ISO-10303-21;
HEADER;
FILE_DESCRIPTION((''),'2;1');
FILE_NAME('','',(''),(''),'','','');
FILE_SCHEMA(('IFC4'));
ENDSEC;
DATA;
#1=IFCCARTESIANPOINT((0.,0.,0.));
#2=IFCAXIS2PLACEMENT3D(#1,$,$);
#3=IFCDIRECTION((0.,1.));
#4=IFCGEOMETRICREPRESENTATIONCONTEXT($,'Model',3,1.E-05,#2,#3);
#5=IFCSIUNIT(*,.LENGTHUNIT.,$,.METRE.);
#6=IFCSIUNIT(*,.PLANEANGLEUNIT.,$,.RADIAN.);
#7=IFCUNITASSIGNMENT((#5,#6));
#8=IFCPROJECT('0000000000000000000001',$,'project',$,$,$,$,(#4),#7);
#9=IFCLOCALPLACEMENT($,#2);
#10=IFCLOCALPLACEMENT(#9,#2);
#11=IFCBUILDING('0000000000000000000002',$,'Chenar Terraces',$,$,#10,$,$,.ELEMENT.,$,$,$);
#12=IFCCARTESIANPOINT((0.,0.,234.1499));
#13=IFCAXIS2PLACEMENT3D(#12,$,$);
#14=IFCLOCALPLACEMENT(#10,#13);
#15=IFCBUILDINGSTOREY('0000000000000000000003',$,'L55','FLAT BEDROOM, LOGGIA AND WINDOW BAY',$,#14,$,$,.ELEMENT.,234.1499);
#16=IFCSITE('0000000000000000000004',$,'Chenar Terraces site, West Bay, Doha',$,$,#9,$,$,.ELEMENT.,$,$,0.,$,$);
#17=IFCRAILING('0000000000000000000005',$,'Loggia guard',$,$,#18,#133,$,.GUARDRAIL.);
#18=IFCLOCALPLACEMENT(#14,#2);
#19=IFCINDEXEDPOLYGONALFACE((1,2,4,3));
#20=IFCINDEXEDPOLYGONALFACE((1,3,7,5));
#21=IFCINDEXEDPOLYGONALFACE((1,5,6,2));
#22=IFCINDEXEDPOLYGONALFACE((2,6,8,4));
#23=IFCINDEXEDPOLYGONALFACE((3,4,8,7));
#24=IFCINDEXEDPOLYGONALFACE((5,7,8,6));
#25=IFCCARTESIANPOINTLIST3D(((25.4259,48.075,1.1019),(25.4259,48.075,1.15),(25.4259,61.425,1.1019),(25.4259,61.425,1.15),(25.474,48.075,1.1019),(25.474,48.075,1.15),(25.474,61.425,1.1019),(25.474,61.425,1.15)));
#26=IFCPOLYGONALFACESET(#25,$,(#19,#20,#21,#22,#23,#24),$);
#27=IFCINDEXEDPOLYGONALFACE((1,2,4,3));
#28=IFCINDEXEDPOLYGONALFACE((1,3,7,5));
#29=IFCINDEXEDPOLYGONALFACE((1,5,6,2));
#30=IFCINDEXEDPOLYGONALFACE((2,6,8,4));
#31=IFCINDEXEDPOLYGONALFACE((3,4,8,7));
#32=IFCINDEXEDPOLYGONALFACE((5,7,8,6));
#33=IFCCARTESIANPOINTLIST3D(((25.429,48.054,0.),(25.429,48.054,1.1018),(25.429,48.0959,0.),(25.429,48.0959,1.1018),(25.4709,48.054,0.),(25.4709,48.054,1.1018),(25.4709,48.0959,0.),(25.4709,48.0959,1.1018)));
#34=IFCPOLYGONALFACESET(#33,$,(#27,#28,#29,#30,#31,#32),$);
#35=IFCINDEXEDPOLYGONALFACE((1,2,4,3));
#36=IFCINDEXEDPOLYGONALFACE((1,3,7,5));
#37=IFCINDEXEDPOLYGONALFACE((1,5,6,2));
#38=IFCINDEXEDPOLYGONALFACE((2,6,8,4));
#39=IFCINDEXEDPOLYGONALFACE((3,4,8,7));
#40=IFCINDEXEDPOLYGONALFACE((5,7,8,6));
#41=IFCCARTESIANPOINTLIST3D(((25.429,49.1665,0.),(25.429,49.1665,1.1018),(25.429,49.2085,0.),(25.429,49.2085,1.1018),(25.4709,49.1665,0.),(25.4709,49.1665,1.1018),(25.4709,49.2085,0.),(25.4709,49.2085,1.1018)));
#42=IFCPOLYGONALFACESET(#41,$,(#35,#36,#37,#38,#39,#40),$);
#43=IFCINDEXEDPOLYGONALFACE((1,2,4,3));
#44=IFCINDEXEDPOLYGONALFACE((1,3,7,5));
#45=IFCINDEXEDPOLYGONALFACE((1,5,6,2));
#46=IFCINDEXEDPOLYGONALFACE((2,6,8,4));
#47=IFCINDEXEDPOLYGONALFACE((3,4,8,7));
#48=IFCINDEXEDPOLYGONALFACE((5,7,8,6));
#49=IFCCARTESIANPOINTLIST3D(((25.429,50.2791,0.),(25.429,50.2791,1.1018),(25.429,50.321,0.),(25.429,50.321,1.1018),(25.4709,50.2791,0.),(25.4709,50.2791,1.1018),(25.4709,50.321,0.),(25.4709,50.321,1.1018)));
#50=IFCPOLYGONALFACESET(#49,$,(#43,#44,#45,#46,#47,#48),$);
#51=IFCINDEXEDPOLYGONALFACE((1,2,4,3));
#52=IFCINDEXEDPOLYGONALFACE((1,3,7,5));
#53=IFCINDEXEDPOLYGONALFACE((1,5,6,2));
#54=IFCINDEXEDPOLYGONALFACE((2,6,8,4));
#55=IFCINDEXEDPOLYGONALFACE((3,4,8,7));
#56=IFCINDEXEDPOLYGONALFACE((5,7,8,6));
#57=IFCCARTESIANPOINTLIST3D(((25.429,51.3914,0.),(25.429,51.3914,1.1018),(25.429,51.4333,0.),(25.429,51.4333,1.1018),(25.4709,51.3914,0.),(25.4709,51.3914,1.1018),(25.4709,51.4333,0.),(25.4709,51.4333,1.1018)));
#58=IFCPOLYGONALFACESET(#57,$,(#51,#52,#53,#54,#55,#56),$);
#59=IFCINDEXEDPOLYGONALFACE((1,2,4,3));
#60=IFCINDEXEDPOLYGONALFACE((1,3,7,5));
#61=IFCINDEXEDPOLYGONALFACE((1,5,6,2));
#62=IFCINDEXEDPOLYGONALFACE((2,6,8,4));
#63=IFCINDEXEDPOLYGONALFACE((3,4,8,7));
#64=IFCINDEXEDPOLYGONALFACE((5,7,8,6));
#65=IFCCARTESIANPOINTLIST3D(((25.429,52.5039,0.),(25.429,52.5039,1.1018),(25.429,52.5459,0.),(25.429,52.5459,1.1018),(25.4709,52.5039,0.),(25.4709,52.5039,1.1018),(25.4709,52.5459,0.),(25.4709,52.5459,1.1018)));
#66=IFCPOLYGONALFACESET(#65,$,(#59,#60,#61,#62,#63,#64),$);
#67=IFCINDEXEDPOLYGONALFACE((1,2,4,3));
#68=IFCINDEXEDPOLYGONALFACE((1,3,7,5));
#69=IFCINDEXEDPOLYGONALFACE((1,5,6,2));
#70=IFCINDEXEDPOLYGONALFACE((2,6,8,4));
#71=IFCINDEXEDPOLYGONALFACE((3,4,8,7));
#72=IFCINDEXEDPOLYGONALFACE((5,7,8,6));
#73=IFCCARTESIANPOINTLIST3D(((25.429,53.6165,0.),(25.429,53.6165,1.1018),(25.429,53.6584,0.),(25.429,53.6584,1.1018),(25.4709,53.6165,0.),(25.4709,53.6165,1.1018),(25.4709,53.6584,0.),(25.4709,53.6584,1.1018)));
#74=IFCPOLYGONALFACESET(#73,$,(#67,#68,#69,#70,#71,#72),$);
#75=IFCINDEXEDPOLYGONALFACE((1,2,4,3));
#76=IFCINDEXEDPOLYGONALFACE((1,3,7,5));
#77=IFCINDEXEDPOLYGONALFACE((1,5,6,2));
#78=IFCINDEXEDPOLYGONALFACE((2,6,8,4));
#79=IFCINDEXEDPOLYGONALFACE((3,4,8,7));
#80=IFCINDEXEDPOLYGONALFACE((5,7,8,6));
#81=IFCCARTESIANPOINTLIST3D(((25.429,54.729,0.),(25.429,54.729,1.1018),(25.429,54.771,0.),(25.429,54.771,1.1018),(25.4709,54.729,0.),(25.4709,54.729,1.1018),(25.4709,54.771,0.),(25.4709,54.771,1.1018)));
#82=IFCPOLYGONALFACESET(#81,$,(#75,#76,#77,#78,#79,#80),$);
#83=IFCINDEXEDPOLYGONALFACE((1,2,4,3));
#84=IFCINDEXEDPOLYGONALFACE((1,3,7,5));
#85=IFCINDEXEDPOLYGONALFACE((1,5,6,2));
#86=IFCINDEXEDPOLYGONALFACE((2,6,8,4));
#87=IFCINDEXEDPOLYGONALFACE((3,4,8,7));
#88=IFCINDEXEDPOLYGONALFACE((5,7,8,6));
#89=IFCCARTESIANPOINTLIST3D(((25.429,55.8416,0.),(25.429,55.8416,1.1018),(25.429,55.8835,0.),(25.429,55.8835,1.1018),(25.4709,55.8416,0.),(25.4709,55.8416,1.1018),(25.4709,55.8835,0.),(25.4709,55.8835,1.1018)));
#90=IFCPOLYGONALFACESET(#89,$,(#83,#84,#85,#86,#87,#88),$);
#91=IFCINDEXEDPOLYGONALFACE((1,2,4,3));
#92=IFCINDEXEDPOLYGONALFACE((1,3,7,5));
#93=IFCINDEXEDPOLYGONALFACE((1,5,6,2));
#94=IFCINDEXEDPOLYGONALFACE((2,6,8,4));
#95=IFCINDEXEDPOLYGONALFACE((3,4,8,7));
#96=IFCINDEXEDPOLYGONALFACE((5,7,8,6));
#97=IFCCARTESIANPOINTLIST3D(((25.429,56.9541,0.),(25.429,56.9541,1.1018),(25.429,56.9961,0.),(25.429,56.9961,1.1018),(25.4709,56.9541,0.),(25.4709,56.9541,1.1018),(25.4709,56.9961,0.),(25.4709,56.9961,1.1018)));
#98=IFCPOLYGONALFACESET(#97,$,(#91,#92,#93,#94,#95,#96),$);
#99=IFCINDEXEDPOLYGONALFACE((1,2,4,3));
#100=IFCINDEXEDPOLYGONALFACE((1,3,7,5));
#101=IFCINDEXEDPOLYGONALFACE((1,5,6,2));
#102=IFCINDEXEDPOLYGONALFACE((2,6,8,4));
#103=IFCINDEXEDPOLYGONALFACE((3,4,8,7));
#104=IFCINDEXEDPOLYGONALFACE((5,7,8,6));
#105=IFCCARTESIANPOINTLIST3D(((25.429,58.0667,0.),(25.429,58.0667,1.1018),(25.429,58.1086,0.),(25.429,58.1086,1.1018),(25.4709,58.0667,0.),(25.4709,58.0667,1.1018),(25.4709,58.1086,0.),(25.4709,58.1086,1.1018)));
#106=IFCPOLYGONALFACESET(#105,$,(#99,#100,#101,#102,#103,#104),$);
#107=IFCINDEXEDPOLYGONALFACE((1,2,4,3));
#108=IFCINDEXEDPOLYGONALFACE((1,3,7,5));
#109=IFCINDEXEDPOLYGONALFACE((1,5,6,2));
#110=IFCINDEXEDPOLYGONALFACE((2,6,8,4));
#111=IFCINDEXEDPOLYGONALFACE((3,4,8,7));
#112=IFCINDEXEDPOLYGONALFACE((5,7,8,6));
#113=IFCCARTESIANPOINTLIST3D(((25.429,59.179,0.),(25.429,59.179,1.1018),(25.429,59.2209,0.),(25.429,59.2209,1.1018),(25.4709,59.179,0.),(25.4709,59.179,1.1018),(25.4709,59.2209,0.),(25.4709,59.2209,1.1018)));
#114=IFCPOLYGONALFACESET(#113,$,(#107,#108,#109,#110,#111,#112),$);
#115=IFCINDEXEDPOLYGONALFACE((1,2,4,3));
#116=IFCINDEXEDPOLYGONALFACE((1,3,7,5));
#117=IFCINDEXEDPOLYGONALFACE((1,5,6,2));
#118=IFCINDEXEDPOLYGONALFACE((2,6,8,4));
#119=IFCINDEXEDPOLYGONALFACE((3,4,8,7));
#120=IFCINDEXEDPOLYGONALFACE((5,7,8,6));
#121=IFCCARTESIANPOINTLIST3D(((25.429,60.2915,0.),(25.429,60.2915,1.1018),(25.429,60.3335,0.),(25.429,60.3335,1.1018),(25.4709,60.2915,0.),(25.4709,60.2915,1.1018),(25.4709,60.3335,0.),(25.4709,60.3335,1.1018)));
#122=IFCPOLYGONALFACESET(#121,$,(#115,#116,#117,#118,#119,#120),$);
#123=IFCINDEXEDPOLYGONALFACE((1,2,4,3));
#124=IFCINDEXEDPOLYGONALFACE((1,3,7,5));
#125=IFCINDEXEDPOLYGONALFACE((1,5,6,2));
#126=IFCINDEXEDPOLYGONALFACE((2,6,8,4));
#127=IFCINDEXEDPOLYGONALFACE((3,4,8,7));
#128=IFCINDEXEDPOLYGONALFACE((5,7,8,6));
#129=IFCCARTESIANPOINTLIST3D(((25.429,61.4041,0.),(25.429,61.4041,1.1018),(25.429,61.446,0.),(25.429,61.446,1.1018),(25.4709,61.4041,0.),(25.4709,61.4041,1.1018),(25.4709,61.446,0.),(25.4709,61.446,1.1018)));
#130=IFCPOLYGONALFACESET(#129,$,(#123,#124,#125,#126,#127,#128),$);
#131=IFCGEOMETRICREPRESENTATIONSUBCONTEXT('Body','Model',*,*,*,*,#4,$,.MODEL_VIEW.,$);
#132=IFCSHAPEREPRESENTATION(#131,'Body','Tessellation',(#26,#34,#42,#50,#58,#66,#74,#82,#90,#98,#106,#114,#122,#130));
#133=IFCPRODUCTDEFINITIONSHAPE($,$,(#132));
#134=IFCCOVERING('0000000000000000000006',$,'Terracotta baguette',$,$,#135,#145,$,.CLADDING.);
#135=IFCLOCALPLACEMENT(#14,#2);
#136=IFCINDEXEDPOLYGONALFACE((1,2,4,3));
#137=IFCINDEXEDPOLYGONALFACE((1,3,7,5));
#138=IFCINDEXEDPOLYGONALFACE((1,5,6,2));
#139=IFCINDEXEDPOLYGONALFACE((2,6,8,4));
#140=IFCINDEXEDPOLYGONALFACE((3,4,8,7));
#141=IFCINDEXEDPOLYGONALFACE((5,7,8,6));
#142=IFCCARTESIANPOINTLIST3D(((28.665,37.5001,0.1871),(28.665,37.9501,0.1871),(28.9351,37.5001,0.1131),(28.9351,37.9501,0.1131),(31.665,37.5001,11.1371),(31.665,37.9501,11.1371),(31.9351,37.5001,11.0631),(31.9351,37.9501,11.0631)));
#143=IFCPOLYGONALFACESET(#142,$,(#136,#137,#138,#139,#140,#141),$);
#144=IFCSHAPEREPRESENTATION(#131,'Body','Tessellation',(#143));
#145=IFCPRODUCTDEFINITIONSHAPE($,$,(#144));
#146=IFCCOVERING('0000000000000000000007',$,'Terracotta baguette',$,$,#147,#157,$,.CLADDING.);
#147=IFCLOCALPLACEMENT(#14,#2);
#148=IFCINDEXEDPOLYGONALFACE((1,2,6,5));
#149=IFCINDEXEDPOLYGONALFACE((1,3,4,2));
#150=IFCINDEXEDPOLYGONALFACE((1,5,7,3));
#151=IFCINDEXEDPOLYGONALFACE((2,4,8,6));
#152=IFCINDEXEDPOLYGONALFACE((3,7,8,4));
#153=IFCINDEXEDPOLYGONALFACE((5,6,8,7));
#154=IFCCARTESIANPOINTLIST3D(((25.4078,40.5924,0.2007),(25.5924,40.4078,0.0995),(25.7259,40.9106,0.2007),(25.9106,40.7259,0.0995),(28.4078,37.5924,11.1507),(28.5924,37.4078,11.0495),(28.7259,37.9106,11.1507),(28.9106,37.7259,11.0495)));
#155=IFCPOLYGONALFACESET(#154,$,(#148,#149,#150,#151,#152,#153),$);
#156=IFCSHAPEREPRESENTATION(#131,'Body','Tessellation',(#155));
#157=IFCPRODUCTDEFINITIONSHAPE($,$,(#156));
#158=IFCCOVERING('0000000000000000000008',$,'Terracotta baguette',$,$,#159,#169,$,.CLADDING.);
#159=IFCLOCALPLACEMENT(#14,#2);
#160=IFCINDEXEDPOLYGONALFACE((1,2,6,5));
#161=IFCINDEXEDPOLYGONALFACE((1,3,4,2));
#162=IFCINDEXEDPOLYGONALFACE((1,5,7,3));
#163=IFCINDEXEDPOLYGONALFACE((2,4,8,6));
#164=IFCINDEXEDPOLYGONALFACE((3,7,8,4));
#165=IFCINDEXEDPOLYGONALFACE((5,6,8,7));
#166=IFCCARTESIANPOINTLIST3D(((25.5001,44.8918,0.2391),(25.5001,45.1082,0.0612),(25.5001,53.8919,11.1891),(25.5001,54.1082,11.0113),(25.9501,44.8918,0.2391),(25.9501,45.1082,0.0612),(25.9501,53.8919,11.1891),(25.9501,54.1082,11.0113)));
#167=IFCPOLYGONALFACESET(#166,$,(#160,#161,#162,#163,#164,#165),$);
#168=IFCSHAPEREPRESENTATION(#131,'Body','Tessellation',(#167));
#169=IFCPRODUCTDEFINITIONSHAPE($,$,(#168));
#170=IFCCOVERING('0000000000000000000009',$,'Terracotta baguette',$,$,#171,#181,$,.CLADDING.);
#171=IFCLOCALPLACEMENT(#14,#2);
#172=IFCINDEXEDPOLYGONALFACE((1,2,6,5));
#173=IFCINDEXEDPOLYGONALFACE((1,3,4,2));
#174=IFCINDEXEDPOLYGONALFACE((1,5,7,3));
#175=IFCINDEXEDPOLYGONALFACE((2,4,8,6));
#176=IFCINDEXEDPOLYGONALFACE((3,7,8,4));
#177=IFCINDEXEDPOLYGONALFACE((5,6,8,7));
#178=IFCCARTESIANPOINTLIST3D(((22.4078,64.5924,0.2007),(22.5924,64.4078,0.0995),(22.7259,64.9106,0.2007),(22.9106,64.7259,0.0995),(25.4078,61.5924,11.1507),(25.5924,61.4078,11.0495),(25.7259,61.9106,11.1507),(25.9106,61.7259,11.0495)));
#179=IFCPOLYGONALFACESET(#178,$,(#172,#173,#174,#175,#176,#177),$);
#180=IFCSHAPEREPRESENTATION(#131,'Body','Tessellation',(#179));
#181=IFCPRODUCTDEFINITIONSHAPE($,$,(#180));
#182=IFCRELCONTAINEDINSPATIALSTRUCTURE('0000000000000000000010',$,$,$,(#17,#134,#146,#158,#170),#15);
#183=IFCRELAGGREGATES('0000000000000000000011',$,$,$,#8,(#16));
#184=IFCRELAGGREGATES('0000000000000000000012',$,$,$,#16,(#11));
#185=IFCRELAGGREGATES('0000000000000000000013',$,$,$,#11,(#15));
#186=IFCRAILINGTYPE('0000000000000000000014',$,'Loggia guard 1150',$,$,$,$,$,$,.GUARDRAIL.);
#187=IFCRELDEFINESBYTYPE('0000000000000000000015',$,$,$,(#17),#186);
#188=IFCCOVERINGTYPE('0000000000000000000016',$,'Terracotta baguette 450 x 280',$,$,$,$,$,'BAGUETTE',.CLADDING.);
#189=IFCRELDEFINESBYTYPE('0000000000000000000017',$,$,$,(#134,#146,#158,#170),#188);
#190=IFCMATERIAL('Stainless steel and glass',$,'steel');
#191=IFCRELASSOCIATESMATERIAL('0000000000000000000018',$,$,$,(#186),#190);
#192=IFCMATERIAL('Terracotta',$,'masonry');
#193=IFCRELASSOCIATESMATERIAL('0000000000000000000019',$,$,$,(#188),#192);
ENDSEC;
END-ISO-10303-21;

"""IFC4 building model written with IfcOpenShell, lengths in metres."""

from ifc_helpers import new_model, si_unit, direction, frame, origin, origin_2d, place, context, subcontext, project, spatial, rectangle, extrude, material, material_profile, profile_set, type_object, element, save


model = new_model("IFC4")

# Units and contexts
model_context = context("Model", 3, precision=1e-05, world=origin(), true_north=direction((0.0, 1.0)))
body_context = subcontext(model_context, "Body", "Model", "MODEL_VIEW")
ifc_project = project(units=[si_unit("LENGTHUNIT", "METRE"), si_unit("PLANEANGLEUNIT", "RADIAN")], contexts=[model_context])

# Site, building, storey
site_placement = place(None, origin())
site = spatial("IfcSite", under=ifc_project, at=site_placement, Name="Chenar Terraces site, West Bay, Doha", CompositionType="ELEMENT", RefElevation=0.0)
building_placement = place(site_placement, origin())
building = spatial("IfcBuilding", under=site, at=building_placement, Name="Chenar Terraces", CompositionType="ELEMENT")
storey_placement = place(building_placement, frame((0.0, 0.0, 234.1499)))
storey = spatial("IfcBuildingStorey", under=building, at=storey_placement, Name="L55", Description="FLAT BEDROOM, LOGGIA AND WINDOW BAY", CompositionType="ELEMENT", Elevation=234.1499)

# Railing
ifc_material_1 = material(Name="Stainless steel and glass", Category="steel")
railing_type_1 = type_object("IfcRailingType", Name="Loggia guard 1150", PredefinedType="GUARDRAIL", material=ifc_material_1)
railing_1_placement = place(storey_placement, frame((25.45, 48.075, 0.0)))
element("IfcRailing", 1, at=railing_1_placement, inside=storey, type_object=railing_type_1, Name="Loggia guard", PredefinedType="GUARDRAIL", context=body_context, shape_type="SweptSolid", body=[
    extrude(rectangle(XDim=0.0481, YDim=0.0481, at=origin_2d()), frame((0.0, 0.0, 1.126), z_axis=(0.0, 1.0, 0.0), x_axis=(-1.0, 0.0, 0.0)), (0.0, 0.0, 1.0), 13.3501),
    extrude(rectangle(XDim=0.042, YDim=0.042, at=origin_2d()), origin(), (0.0, 0.0, 1.0), 1.1018),
    extrude(rectangle(XDim=0.042, YDim=0.042, at=origin_2d()), frame((0.0, 1.1125, 0.0)), (0.0, 0.0, 1.0), 1.1018),
    extrude(rectangle(XDim=0.042, YDim=0.042, at=origin_2d()), frame((0.0, 2.2251, 0.0)), (0.0, 0.0, 1.0), 1.1018),
    extrude(rectangle(XDim=0.042, YDim=0.042, at=origin_2d()), frame((0.0, 3.3374, 0.0)), (0.0, 0.0, 1.0), 1.1018),
    extrude(rectangle(XDim=0.042, YDim=0.042, at=origin_2d()), frame((0.0, 4.45, 0.0)), (0.0, 0.0, 1.0), 1.1018),
    extrude(rectangle(XDim=0.042, YDim=0.042, at=origin_2d()), frame((0.0, 5.5625, 0.0)), (0.0, 0.0, 1.0), 1.1018),
    extrude(rectangle(XDim=0.042, YDim=0.042, at=origin_2d()), frame((0.0, 6.675, 0.0)), (0.0, 0.0, 1.0), 1.1018),
    extrude(rectangle(XDim=0.042, YDim=0.042, at=origin_2d()), frame((0.0, 7.7876, 0.0)), (0.0, 0.0, 1.0), 1.1018),
    extrude(rectangle(XDim=0.042, YDim=0.042, at=origin_2d()), frame((0.0, 8.9001, 0.0)), (0.0, 0.0, 1.0), 1.1018),
    extrude(rectangle(XDim=0.042, YDim=0.042, at=origin_2d()), frame((0.0, 10.0127, 0.0)), (0.0, 0.0, 1.0), 1.1018),
    extrude(rectangle(XDim=0.042, YDim=0.042, at=origin_2d()), frame((0.0, 11.125, 0.0)), (0.0, 0.0, 1.0), 1.1018),
    extrude(rectangle(XDim=0.042, YDim=0.042, at=origin_2d()), frame((0.0, 12.2375, 0.0)), (0.0, 0.0, 1.0), 1.1018),
    extrude(rectangle(XDim=0.042, YDim=0.042, at=origin_2d()), frame((0.0, 13.3501, 0.0)), (0.0, 0.0, 1.0), 1.1018),
])

# Coverings
ifc_material_2 = material(Name="Terracotta", Category="masonry")
ifc_material_profile_1 = material_profile(ifc_material_2, rectangle(XDim=0.45, YDim=0.28, at=origin_2d()), Name="Terracotta baguette 450 x 280")
ifc_profile_set_1 = profile_set([ifc_material_profile_1], Name="Terracotta")
covering_type = type_object("IfcCoveringType", Name="Terracotta baguette 450 x 280", ElementType="BAGUETTE", PredefinedType="CLADDING", material=ifc_profile_set_1)
covering_1_placement = place(storey_placement, frame((31.8, 37.7251, 11.1001), z_axis=(-0.264236, 0.0, -0.964458), x_axis=(0.0, -1.0, 0.0)))
element("IfcCovering", 2, at=covering_1_placement, inside=storey, type_object=covering_type, Name="Terracotta baguette", PredefinedType="CLADDING", context=body_context, shape_type="SweptSolid", body=[
    extrude(rectangle(XDim=0.45, YDim=0.28, at=origin_2d()), origin(), (0.0, 0.0, 1.0), 11.3535),
])
covering_2_placement = place(storey_placement, frame((28.6592, 37.6592, 11.1001), z_axis=(-0.255468, 0.255468, -0.932455), x_axis=(-0.707107, -0.707107, 0.0)))
element("IfcCovering", 3, at=covering_2_placement, inside=storey, type_object=covering_type, Name="Terracotta baguette", PredefinedType="CLADDING", context=body_context, shape_type="SweptSolid", body=[
    extrude(rectangle(XDim=0.45, YDim=0.28, at=origin_2d()), origin(), (0.0, 0.0, 1.0), 11.7432),
])
covering_3_placement = place(storey_placement, frame((25.7251, 45.0, 0.1501), z_axis=(0.0, 0.634967, 0.772539), x_axis=(-1.0, 0.0, 0.0)))
element("IfcCovering", 4, at=covering_3_placement, inside=storey, type_object=covering_type, Name="Terracotta baguette", PredefinedType="CLADDING", context=body_context, shape_type="SweptSolid", body=[
    extrude(rectangle(XDim=0.45, YDim=0.28, at=origin_2d()), origin(), (0.0, 0.0, 1.0), 14.1741),
])
covering_4_placement = place(storey_placement, frame((25.6592, 61.6592, 11.1001), z_axis=(-0.255468, 0.255468, -0.932455), x_axis=(-0.707107, -0.707107, 0.0)))
element("IfcCovering", 5, at=covering_4_placement, inside=storey, type_object=covering_type, Name="Terracotta baguette", PredefinedType="CLADDING", context=body_context, shape_type="SweptSolid", body=[
    extrude(rectangle(XDim=0.45, YDim=0.28, at=origin_2d()), origin(), (0.0, 0.0, 1.0), 11.7432),
])

save(model, "model.ifc")
